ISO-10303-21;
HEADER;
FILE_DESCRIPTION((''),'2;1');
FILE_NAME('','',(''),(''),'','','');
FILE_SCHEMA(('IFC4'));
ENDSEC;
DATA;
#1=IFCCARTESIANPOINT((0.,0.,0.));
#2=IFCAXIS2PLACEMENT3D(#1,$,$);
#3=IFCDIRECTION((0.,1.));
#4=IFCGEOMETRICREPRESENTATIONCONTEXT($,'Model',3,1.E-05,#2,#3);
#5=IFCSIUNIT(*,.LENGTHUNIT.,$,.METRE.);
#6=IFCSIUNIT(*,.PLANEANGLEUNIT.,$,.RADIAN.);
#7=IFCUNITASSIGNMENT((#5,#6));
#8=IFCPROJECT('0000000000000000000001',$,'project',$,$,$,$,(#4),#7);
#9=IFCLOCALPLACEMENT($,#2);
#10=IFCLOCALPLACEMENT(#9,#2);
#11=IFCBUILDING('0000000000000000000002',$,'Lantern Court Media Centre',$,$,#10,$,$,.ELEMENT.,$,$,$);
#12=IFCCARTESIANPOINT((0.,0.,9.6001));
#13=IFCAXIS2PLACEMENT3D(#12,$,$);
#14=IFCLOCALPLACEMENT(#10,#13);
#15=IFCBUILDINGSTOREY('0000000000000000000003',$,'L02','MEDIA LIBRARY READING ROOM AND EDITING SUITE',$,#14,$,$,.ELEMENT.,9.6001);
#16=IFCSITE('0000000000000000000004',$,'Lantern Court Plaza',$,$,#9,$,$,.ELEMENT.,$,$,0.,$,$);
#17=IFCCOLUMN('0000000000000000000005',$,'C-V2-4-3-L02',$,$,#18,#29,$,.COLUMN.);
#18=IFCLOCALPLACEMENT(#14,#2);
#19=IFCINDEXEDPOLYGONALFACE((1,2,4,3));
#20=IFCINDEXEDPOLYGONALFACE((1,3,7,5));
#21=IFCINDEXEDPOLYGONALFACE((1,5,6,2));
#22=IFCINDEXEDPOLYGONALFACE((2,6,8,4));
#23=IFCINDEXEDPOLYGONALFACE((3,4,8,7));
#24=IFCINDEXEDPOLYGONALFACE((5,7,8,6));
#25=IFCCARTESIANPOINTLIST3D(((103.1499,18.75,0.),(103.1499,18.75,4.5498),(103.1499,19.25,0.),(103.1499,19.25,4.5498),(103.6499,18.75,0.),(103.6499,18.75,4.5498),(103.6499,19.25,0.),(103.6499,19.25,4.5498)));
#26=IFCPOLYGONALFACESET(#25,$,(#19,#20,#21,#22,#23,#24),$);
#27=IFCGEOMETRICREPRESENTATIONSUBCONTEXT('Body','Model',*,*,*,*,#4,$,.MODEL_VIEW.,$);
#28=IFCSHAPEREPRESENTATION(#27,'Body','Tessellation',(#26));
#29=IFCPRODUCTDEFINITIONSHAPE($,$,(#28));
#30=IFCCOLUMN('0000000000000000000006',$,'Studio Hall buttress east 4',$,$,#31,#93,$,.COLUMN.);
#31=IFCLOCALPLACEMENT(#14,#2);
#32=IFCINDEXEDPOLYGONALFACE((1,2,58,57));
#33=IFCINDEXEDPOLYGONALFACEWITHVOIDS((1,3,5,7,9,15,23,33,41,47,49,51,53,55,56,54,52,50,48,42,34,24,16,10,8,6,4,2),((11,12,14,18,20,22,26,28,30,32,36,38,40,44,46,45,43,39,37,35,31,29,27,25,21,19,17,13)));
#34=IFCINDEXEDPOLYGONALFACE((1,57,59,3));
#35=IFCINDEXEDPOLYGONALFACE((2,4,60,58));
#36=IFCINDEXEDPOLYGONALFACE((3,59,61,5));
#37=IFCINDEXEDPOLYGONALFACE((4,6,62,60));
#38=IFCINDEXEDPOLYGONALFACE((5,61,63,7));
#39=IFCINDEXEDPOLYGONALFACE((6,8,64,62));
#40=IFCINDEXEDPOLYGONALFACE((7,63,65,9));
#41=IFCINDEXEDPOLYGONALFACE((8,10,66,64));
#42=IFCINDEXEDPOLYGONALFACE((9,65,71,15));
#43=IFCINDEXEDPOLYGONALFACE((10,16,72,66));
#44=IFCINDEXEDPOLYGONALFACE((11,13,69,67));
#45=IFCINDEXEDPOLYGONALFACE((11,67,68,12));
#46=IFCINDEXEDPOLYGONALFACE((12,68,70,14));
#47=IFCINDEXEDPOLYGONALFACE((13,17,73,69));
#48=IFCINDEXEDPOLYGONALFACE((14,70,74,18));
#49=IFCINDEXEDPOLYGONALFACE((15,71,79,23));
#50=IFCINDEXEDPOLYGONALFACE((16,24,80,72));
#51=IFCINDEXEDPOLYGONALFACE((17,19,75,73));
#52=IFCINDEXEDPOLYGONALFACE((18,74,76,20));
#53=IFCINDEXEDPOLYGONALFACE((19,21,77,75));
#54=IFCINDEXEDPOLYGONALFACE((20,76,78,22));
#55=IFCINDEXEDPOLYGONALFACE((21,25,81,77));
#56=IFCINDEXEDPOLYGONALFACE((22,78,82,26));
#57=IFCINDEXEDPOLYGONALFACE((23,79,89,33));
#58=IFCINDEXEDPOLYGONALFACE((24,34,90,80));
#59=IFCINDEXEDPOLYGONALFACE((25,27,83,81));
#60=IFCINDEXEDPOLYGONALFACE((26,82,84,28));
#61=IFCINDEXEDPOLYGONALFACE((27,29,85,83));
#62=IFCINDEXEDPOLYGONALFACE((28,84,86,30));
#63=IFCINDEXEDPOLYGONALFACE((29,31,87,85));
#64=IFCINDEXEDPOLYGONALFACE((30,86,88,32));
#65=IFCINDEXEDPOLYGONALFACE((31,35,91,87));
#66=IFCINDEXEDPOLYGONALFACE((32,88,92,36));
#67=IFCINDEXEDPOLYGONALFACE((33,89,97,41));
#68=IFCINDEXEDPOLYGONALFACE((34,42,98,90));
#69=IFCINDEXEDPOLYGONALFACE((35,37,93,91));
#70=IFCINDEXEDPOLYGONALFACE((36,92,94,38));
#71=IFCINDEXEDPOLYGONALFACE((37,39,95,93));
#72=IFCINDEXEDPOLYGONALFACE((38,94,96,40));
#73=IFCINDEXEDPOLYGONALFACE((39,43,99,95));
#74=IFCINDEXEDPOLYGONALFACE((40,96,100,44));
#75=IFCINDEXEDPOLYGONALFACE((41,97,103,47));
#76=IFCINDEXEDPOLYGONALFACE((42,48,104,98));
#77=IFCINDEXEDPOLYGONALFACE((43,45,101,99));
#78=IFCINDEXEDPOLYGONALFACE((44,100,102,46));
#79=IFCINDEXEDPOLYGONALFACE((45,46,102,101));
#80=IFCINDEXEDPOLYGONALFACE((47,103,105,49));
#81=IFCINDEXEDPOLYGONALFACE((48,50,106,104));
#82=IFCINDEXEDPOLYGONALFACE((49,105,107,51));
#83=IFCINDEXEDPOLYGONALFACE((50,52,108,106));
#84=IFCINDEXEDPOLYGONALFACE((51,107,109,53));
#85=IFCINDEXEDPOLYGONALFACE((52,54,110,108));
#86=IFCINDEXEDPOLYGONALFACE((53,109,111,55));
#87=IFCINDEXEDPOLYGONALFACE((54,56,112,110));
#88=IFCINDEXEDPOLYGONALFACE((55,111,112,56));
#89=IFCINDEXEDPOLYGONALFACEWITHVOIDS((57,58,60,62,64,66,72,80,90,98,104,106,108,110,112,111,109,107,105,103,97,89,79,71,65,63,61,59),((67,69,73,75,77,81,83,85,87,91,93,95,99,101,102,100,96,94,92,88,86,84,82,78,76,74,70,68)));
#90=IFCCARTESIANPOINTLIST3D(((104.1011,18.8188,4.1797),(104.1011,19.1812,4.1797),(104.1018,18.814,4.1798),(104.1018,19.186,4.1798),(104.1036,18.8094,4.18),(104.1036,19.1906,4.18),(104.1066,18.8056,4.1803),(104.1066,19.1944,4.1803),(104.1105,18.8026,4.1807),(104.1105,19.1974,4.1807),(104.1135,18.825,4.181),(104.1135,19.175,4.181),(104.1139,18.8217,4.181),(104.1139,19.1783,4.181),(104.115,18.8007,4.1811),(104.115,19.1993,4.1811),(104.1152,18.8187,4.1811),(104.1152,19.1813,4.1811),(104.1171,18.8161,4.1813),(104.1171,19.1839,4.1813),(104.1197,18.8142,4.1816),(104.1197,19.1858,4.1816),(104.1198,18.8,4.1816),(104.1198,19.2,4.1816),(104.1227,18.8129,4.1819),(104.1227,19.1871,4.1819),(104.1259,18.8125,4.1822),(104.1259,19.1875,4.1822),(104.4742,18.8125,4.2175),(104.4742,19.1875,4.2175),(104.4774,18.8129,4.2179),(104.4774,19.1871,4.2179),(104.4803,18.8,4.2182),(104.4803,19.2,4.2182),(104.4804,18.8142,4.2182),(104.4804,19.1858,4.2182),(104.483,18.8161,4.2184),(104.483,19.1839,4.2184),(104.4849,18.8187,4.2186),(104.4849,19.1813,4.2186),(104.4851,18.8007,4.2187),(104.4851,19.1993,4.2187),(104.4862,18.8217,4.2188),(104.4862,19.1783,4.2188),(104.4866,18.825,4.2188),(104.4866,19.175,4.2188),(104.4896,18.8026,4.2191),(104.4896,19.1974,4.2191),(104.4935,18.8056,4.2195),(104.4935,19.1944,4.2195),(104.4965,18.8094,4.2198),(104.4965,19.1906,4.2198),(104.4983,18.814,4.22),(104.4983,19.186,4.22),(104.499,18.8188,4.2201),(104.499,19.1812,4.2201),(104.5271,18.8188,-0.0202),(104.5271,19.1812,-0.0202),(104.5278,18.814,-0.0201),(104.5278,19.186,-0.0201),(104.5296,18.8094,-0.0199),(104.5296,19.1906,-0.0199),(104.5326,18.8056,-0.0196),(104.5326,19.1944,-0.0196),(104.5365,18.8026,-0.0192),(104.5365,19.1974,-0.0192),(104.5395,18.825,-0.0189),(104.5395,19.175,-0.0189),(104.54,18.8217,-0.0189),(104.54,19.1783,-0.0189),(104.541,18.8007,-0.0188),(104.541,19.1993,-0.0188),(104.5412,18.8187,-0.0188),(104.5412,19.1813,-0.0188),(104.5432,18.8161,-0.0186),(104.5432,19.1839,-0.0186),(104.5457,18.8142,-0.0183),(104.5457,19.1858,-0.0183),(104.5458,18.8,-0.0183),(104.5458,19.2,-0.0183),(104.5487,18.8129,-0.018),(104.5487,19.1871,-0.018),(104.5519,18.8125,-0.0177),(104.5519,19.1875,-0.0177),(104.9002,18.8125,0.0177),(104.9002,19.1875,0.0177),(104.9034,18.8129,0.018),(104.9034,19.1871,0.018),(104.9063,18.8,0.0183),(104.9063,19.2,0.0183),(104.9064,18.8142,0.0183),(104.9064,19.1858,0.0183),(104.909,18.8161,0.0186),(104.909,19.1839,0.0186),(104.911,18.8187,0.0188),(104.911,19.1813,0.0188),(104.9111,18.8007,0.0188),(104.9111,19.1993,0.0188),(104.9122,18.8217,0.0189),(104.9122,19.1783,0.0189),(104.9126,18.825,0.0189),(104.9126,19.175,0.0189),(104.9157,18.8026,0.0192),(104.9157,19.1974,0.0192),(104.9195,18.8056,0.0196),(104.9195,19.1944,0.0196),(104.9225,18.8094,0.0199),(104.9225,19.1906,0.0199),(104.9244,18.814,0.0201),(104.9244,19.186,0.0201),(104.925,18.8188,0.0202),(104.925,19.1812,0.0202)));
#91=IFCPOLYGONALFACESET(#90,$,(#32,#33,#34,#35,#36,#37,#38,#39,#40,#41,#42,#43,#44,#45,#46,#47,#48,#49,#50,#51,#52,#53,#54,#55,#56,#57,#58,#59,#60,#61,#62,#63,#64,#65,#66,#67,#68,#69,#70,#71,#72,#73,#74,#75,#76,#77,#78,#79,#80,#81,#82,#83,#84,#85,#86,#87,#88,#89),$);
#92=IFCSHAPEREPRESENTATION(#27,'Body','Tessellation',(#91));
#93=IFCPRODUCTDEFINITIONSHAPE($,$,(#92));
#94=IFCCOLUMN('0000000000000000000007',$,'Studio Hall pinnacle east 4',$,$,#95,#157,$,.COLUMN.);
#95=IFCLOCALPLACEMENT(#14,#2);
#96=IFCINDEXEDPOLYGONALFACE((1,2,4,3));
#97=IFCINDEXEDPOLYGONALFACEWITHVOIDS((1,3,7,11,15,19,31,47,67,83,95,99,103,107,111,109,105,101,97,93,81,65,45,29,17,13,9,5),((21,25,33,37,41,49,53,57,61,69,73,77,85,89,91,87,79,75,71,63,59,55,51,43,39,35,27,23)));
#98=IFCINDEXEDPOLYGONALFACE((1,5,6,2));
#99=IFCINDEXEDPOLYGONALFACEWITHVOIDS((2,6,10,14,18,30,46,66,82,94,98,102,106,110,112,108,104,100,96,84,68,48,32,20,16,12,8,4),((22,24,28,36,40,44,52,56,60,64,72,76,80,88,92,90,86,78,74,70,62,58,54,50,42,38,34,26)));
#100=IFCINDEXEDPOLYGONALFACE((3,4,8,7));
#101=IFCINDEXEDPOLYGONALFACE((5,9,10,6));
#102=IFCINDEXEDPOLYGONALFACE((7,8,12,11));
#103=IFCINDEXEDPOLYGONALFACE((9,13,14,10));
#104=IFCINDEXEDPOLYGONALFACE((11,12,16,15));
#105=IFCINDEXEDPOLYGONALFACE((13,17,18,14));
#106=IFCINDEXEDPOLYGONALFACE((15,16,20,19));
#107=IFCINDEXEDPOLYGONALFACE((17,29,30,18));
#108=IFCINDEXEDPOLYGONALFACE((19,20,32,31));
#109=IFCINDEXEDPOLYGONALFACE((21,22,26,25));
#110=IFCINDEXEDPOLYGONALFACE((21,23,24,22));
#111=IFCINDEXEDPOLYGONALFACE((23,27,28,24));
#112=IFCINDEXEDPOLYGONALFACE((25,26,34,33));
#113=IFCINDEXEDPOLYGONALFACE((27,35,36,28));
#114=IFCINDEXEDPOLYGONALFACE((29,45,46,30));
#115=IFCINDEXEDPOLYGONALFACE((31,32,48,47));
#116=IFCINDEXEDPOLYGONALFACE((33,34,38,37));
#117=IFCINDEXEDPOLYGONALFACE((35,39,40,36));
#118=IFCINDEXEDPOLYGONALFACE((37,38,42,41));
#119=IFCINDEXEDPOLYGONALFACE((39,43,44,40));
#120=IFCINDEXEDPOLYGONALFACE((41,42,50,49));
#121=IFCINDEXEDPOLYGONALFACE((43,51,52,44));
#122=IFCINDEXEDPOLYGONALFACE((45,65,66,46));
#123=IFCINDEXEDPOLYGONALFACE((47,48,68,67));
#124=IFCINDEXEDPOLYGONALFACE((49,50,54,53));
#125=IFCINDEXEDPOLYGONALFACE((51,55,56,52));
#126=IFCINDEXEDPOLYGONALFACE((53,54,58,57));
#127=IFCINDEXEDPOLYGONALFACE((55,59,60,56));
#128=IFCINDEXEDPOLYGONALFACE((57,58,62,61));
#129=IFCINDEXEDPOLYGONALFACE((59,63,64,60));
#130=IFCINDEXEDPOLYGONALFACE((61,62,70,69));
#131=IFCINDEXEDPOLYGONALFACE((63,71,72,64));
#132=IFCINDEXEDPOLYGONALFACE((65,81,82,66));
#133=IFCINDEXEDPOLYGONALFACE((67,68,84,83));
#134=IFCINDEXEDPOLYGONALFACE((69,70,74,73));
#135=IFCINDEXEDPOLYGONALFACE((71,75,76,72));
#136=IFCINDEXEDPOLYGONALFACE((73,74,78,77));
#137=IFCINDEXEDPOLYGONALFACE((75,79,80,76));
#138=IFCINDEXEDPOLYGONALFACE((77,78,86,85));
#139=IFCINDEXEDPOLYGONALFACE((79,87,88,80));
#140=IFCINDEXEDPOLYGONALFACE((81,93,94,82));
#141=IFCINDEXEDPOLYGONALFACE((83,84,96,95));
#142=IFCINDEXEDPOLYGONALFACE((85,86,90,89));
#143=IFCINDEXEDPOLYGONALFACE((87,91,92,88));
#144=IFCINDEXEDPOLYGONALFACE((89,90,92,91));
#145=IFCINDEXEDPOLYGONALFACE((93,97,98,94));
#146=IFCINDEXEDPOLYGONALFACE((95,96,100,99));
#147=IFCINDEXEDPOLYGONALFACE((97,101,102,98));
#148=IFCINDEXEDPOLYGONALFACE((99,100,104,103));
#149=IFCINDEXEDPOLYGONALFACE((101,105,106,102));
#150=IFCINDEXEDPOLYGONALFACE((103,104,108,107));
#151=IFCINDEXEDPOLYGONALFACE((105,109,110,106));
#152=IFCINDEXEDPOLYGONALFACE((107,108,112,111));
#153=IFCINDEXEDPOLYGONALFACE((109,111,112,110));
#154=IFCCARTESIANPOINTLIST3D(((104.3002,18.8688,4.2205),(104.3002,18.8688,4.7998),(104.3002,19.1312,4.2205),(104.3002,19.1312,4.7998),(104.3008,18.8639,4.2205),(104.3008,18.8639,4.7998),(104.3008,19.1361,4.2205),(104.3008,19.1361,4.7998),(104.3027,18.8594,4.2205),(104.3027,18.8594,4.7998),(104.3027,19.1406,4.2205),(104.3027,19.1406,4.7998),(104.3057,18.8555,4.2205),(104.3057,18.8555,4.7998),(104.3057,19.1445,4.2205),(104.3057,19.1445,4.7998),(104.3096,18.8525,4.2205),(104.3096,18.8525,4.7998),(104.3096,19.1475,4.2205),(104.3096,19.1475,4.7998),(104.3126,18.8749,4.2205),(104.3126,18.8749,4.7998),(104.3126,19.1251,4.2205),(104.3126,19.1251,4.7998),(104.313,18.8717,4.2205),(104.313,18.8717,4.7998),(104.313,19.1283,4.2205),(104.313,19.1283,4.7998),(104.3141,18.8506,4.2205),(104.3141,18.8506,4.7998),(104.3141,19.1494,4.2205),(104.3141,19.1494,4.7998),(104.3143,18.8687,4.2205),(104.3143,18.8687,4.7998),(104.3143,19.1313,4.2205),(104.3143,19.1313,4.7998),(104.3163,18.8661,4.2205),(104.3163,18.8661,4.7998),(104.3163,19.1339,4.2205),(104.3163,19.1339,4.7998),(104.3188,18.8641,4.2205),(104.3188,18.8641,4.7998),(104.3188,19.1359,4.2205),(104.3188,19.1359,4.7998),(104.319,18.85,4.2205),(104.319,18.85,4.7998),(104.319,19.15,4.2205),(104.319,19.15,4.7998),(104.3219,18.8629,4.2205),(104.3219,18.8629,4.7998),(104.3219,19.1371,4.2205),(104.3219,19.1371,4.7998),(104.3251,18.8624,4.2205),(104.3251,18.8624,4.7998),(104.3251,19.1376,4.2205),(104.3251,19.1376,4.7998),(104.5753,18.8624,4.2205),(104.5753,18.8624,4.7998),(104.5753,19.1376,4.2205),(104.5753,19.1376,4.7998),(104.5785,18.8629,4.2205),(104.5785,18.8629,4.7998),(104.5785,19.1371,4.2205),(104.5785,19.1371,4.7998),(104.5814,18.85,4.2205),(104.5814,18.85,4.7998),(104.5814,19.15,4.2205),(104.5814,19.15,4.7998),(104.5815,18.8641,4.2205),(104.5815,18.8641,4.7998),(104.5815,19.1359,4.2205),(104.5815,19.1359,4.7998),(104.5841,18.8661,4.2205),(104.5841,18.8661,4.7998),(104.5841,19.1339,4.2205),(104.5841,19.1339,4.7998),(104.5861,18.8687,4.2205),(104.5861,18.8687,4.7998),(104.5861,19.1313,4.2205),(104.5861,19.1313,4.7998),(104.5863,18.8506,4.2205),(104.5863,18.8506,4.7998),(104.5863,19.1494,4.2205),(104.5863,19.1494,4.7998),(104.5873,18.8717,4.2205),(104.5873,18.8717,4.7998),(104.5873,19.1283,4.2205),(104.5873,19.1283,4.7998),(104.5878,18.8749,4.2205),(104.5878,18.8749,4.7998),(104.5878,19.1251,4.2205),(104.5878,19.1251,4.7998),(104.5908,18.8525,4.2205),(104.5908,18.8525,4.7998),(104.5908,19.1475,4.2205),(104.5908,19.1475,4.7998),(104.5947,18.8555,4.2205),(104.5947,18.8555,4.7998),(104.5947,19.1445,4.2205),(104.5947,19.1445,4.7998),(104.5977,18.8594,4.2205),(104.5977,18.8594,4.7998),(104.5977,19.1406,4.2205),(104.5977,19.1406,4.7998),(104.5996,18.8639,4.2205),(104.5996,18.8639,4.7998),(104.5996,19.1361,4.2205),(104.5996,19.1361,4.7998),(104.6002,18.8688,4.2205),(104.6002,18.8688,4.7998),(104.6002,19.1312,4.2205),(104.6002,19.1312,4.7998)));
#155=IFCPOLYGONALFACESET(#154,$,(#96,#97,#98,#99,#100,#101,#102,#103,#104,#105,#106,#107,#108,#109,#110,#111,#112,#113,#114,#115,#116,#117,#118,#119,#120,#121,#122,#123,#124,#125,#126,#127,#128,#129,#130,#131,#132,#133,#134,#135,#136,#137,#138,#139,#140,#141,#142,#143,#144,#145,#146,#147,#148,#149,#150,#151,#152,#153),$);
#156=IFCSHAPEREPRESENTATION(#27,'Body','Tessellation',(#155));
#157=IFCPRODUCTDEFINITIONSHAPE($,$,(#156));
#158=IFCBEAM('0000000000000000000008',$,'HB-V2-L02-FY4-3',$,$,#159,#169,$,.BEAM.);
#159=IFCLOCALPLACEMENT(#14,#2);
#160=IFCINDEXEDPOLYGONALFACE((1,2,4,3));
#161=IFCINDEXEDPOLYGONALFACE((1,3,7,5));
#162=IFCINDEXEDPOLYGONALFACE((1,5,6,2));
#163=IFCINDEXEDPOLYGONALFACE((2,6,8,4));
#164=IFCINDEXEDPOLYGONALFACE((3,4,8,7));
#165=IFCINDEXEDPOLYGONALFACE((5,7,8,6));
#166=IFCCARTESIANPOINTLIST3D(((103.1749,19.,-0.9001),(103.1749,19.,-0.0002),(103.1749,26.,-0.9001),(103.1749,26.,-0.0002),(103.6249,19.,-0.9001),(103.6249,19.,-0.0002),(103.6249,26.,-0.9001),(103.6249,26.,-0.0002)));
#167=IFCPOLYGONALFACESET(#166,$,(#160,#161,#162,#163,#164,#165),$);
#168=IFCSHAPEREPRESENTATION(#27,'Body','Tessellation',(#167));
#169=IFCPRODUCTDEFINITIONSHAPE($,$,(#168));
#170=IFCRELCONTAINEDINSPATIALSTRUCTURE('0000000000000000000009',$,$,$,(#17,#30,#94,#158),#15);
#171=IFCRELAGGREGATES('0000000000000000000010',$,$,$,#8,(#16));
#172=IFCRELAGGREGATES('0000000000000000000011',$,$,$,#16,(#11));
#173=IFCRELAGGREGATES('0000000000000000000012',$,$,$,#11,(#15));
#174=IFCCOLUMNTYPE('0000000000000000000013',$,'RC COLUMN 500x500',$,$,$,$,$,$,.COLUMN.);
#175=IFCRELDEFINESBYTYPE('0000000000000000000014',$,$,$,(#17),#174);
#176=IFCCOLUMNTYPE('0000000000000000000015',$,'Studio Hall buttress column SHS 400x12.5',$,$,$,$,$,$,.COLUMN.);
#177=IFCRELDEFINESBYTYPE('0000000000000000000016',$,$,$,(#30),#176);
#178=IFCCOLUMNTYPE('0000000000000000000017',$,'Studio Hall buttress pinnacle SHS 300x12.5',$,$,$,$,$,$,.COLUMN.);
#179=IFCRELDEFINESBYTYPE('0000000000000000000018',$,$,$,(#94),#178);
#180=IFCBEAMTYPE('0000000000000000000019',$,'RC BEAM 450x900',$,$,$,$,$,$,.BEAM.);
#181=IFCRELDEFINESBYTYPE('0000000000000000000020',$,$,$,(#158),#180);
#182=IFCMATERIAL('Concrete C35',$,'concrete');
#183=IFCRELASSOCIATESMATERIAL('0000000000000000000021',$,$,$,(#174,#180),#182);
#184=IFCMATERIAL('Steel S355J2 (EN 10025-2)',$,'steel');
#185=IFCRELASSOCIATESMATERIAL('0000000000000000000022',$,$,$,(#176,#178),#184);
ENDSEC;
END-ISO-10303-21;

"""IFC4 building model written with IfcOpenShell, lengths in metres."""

from ifc_helpers import new_model, si_unit, direction, frame, origin, origin_2d, place, context, subcontext, project, spatial, rectangle, hollow_rectangle, extrude, material, material_profile, profile_set, type_object, element, save


model = new_model("IFC4")

# Units and contexts
model_context = context("Model", 3, precision=1e-05, world=origin(), true_north=direction((0.0, 1.0)))
body_context = subcontext(model_context, "Body", "Model", "MODEL_VIEW")
ifc_project = project(units=[si_unit("LENGTHUNIT", "METRE"), si_unit("PLANEANGLEUNIT", "RADIAN")], contexts=[model_context])

# Site, building, storey
site_placement = place(None, origin())
site = spatial("IfcSite", under=ifc_project, at=site_placement, Name="Lantern Court Plaza", CompositionType="ELEMENT", RefElevation=0.0)
building_placement = place(site_placement, origin())
building = spatial("IfcBuilding", under=site, at=building_placement, Name="Lantern Court Media Centre", CompositionType="ELEMENT")
storey_placement = place(building_placement, frame((0.0, 0.0, 9.6001)))
storey = spatial("IfcBuildingStorey", under=building, at=storey_placement, Name="L02", Description="MEDIA LIBRARY READING ROOM AND EDITING SUITE", CompositionType="ELEMENT", Elevation=9.6001)

# Columns
ifc_material_1 = material(Name="Concrete C35", Category="concrete")
ifc_material_profile_1 = material_profile(ifc_material_1, rectangle(XDim=0.5, YDim=0.5, at=origin_2d()), Name="RC 500x500")
ifc_profile_set_1 = profile_set([ifc_material_profile_1], Name="Concrete C35")
column_type_1 = type_object("IfcColumnType", Name="RC COLUMN 500x500", PredefinedType="COLUMN", material=ifc_profile_set_1)
column_1_placement = place(storey_placement, frame((103.3999, 19.0, 0.0), z_axis=(0.0, 0.0, 1.0), x_axis=(1.0, 0.0, 0.0)))
element("IfcColumn", 1, at=column_1_placement, inside=storey, type_object=column_type_1, Name="C-V2-4-3-L02", PredefinedType="COLUMN", context=body_context, shape_type="SweptSolid", body=[
    extrude(rectangle(XDim=0.5, YDim=0.5, at=origin_2d()), origin(), (0.0, 0.0, 1.0), 4.5498),
])
ifc_material_2 = material(Name="Steel S355J2 (EN 10025-2)", Category="steel")
ifc_material_profile_2 = material_profile(ifc_material_2, hollow_rectangle(XDim=0.3999, YDim=0.3999, WallThickness=0.0125, InnerFilletRadius=0.0125, OuterFilletRadius=0.0188, at=origin_2d()), Name="Studio Hall buttress column SHS 400x12.5")
ifc_profile_set_2 = profile_set([ifc_material_profile_2], Name="Steel S355J2 (EN 10025-2)")
column_type_2 = type_object("IfcColumnType", Name="Studio Hall buttress column SHS 400x12.5", PredefinedType="COLUMN", material=ifc_profile_set_2)
column_2_placement = place(storey_placement, frame((104.7261, 19.0, 0.0), z_axis=(-0.100918, 0.0, 0.994895), x_axis=(0.0, -1.0, 0.0)))
element("IfcColumn", 2, at=column_2_placement, inside=storey, type_object=column_type_2, Name="Studio Hall buttress east 4", PredefinedType="COLUMN", context=body_context, shape_type="SweptSolid", body=[
    extrude(hollow_rectangle(XDim=0.3999, YDim=0.3999, WallThickness=0.0125, InnerFilletRadius=0.0125, OuterFilletRadius=0.0188, at=origin_2d()), origin(), (0.0, 0.0, 1.0), 4.2214),
])
ifc_material_profile_3 = material_profile(ifc_material_2, hollow_rectangle(XDim=0.3, YDim=0.3, WallThickness=0.0125, InnerFilletRadius=0.0125, OuterFilletRadius=0.0188, at=origin_2d()), Name="Studio Hall buttress pinnacle SHS 300x12.5")
ifc_profile_set_3 = profile_set([ifc_material_profile_3], Name="Steel S355J2 (EN 10025-2)")
column_type_3 = type_object("IfcColumnType", Name="Studio Hall buttress pinnacle SHS 300x12.5", PredefinedType="COLUMN", material=ifc_profile_set_3)
column_3_placement = place(storey_placement, frame((104.4502, 19.0, 4.2205), z_axis=(0.0, 0.0, 1.0), x_axis=(1.0, 0.0, 0.0)))
element("IfcColumn", 3, at=column_3_placement, inside=storey, type_object=column_type_3, Name="Studio Hall pinnacle east 4", PredefinedType="COLUMN", context=body_context, shape_type="SweptSolid", body=[
    extrude(hollow_rectangle(XDim=0.3, YDim=0.3, WallThickness=0.0125, InnerFilletRadius=0.0125, OuterFilletRadius=0.0188, at=origin_2d()), origin(), (0.0, 0.0, 1.0), 0.5793),
])

# Beam
ifc_material_profile_4 = material_profile(ifc_material_1, rectangle(XDim=0.45, YDim=0.8999, at=origin_2d()), Name="RC 450x900")
ifc_profile_set_4 = profile_set([ifc_material_profile_4], Name="Concrete C35")
beam_type_1 = type_object("IfcBeamType", Name="RC BEAM 450x900", PredefinedType="BEAM", material=ifc_profile_set_4)
beam_1_placement = place(storey_placement, frame((103.3999, 19.0, -0.4502), z_axis=(0.0, 1.0, 0.0), x_axis=(-1.0, 0.0, 0.0)))
element("IfcBeam", 4, at=beam_1_placement, inside=storey, type_object=beam_type_1, Name="HB-V2-L02-FY4-3", PredefinedType="BEAM", context=body_context, shape_type="SweptSolid", body=[
    extrude(rectangle(XDim=0.45, YDim=0.8999, at=origin_2d()), origin(), (0.0, 0.0, 1.0), 7.0),
])

save(model, "model.ifc")
